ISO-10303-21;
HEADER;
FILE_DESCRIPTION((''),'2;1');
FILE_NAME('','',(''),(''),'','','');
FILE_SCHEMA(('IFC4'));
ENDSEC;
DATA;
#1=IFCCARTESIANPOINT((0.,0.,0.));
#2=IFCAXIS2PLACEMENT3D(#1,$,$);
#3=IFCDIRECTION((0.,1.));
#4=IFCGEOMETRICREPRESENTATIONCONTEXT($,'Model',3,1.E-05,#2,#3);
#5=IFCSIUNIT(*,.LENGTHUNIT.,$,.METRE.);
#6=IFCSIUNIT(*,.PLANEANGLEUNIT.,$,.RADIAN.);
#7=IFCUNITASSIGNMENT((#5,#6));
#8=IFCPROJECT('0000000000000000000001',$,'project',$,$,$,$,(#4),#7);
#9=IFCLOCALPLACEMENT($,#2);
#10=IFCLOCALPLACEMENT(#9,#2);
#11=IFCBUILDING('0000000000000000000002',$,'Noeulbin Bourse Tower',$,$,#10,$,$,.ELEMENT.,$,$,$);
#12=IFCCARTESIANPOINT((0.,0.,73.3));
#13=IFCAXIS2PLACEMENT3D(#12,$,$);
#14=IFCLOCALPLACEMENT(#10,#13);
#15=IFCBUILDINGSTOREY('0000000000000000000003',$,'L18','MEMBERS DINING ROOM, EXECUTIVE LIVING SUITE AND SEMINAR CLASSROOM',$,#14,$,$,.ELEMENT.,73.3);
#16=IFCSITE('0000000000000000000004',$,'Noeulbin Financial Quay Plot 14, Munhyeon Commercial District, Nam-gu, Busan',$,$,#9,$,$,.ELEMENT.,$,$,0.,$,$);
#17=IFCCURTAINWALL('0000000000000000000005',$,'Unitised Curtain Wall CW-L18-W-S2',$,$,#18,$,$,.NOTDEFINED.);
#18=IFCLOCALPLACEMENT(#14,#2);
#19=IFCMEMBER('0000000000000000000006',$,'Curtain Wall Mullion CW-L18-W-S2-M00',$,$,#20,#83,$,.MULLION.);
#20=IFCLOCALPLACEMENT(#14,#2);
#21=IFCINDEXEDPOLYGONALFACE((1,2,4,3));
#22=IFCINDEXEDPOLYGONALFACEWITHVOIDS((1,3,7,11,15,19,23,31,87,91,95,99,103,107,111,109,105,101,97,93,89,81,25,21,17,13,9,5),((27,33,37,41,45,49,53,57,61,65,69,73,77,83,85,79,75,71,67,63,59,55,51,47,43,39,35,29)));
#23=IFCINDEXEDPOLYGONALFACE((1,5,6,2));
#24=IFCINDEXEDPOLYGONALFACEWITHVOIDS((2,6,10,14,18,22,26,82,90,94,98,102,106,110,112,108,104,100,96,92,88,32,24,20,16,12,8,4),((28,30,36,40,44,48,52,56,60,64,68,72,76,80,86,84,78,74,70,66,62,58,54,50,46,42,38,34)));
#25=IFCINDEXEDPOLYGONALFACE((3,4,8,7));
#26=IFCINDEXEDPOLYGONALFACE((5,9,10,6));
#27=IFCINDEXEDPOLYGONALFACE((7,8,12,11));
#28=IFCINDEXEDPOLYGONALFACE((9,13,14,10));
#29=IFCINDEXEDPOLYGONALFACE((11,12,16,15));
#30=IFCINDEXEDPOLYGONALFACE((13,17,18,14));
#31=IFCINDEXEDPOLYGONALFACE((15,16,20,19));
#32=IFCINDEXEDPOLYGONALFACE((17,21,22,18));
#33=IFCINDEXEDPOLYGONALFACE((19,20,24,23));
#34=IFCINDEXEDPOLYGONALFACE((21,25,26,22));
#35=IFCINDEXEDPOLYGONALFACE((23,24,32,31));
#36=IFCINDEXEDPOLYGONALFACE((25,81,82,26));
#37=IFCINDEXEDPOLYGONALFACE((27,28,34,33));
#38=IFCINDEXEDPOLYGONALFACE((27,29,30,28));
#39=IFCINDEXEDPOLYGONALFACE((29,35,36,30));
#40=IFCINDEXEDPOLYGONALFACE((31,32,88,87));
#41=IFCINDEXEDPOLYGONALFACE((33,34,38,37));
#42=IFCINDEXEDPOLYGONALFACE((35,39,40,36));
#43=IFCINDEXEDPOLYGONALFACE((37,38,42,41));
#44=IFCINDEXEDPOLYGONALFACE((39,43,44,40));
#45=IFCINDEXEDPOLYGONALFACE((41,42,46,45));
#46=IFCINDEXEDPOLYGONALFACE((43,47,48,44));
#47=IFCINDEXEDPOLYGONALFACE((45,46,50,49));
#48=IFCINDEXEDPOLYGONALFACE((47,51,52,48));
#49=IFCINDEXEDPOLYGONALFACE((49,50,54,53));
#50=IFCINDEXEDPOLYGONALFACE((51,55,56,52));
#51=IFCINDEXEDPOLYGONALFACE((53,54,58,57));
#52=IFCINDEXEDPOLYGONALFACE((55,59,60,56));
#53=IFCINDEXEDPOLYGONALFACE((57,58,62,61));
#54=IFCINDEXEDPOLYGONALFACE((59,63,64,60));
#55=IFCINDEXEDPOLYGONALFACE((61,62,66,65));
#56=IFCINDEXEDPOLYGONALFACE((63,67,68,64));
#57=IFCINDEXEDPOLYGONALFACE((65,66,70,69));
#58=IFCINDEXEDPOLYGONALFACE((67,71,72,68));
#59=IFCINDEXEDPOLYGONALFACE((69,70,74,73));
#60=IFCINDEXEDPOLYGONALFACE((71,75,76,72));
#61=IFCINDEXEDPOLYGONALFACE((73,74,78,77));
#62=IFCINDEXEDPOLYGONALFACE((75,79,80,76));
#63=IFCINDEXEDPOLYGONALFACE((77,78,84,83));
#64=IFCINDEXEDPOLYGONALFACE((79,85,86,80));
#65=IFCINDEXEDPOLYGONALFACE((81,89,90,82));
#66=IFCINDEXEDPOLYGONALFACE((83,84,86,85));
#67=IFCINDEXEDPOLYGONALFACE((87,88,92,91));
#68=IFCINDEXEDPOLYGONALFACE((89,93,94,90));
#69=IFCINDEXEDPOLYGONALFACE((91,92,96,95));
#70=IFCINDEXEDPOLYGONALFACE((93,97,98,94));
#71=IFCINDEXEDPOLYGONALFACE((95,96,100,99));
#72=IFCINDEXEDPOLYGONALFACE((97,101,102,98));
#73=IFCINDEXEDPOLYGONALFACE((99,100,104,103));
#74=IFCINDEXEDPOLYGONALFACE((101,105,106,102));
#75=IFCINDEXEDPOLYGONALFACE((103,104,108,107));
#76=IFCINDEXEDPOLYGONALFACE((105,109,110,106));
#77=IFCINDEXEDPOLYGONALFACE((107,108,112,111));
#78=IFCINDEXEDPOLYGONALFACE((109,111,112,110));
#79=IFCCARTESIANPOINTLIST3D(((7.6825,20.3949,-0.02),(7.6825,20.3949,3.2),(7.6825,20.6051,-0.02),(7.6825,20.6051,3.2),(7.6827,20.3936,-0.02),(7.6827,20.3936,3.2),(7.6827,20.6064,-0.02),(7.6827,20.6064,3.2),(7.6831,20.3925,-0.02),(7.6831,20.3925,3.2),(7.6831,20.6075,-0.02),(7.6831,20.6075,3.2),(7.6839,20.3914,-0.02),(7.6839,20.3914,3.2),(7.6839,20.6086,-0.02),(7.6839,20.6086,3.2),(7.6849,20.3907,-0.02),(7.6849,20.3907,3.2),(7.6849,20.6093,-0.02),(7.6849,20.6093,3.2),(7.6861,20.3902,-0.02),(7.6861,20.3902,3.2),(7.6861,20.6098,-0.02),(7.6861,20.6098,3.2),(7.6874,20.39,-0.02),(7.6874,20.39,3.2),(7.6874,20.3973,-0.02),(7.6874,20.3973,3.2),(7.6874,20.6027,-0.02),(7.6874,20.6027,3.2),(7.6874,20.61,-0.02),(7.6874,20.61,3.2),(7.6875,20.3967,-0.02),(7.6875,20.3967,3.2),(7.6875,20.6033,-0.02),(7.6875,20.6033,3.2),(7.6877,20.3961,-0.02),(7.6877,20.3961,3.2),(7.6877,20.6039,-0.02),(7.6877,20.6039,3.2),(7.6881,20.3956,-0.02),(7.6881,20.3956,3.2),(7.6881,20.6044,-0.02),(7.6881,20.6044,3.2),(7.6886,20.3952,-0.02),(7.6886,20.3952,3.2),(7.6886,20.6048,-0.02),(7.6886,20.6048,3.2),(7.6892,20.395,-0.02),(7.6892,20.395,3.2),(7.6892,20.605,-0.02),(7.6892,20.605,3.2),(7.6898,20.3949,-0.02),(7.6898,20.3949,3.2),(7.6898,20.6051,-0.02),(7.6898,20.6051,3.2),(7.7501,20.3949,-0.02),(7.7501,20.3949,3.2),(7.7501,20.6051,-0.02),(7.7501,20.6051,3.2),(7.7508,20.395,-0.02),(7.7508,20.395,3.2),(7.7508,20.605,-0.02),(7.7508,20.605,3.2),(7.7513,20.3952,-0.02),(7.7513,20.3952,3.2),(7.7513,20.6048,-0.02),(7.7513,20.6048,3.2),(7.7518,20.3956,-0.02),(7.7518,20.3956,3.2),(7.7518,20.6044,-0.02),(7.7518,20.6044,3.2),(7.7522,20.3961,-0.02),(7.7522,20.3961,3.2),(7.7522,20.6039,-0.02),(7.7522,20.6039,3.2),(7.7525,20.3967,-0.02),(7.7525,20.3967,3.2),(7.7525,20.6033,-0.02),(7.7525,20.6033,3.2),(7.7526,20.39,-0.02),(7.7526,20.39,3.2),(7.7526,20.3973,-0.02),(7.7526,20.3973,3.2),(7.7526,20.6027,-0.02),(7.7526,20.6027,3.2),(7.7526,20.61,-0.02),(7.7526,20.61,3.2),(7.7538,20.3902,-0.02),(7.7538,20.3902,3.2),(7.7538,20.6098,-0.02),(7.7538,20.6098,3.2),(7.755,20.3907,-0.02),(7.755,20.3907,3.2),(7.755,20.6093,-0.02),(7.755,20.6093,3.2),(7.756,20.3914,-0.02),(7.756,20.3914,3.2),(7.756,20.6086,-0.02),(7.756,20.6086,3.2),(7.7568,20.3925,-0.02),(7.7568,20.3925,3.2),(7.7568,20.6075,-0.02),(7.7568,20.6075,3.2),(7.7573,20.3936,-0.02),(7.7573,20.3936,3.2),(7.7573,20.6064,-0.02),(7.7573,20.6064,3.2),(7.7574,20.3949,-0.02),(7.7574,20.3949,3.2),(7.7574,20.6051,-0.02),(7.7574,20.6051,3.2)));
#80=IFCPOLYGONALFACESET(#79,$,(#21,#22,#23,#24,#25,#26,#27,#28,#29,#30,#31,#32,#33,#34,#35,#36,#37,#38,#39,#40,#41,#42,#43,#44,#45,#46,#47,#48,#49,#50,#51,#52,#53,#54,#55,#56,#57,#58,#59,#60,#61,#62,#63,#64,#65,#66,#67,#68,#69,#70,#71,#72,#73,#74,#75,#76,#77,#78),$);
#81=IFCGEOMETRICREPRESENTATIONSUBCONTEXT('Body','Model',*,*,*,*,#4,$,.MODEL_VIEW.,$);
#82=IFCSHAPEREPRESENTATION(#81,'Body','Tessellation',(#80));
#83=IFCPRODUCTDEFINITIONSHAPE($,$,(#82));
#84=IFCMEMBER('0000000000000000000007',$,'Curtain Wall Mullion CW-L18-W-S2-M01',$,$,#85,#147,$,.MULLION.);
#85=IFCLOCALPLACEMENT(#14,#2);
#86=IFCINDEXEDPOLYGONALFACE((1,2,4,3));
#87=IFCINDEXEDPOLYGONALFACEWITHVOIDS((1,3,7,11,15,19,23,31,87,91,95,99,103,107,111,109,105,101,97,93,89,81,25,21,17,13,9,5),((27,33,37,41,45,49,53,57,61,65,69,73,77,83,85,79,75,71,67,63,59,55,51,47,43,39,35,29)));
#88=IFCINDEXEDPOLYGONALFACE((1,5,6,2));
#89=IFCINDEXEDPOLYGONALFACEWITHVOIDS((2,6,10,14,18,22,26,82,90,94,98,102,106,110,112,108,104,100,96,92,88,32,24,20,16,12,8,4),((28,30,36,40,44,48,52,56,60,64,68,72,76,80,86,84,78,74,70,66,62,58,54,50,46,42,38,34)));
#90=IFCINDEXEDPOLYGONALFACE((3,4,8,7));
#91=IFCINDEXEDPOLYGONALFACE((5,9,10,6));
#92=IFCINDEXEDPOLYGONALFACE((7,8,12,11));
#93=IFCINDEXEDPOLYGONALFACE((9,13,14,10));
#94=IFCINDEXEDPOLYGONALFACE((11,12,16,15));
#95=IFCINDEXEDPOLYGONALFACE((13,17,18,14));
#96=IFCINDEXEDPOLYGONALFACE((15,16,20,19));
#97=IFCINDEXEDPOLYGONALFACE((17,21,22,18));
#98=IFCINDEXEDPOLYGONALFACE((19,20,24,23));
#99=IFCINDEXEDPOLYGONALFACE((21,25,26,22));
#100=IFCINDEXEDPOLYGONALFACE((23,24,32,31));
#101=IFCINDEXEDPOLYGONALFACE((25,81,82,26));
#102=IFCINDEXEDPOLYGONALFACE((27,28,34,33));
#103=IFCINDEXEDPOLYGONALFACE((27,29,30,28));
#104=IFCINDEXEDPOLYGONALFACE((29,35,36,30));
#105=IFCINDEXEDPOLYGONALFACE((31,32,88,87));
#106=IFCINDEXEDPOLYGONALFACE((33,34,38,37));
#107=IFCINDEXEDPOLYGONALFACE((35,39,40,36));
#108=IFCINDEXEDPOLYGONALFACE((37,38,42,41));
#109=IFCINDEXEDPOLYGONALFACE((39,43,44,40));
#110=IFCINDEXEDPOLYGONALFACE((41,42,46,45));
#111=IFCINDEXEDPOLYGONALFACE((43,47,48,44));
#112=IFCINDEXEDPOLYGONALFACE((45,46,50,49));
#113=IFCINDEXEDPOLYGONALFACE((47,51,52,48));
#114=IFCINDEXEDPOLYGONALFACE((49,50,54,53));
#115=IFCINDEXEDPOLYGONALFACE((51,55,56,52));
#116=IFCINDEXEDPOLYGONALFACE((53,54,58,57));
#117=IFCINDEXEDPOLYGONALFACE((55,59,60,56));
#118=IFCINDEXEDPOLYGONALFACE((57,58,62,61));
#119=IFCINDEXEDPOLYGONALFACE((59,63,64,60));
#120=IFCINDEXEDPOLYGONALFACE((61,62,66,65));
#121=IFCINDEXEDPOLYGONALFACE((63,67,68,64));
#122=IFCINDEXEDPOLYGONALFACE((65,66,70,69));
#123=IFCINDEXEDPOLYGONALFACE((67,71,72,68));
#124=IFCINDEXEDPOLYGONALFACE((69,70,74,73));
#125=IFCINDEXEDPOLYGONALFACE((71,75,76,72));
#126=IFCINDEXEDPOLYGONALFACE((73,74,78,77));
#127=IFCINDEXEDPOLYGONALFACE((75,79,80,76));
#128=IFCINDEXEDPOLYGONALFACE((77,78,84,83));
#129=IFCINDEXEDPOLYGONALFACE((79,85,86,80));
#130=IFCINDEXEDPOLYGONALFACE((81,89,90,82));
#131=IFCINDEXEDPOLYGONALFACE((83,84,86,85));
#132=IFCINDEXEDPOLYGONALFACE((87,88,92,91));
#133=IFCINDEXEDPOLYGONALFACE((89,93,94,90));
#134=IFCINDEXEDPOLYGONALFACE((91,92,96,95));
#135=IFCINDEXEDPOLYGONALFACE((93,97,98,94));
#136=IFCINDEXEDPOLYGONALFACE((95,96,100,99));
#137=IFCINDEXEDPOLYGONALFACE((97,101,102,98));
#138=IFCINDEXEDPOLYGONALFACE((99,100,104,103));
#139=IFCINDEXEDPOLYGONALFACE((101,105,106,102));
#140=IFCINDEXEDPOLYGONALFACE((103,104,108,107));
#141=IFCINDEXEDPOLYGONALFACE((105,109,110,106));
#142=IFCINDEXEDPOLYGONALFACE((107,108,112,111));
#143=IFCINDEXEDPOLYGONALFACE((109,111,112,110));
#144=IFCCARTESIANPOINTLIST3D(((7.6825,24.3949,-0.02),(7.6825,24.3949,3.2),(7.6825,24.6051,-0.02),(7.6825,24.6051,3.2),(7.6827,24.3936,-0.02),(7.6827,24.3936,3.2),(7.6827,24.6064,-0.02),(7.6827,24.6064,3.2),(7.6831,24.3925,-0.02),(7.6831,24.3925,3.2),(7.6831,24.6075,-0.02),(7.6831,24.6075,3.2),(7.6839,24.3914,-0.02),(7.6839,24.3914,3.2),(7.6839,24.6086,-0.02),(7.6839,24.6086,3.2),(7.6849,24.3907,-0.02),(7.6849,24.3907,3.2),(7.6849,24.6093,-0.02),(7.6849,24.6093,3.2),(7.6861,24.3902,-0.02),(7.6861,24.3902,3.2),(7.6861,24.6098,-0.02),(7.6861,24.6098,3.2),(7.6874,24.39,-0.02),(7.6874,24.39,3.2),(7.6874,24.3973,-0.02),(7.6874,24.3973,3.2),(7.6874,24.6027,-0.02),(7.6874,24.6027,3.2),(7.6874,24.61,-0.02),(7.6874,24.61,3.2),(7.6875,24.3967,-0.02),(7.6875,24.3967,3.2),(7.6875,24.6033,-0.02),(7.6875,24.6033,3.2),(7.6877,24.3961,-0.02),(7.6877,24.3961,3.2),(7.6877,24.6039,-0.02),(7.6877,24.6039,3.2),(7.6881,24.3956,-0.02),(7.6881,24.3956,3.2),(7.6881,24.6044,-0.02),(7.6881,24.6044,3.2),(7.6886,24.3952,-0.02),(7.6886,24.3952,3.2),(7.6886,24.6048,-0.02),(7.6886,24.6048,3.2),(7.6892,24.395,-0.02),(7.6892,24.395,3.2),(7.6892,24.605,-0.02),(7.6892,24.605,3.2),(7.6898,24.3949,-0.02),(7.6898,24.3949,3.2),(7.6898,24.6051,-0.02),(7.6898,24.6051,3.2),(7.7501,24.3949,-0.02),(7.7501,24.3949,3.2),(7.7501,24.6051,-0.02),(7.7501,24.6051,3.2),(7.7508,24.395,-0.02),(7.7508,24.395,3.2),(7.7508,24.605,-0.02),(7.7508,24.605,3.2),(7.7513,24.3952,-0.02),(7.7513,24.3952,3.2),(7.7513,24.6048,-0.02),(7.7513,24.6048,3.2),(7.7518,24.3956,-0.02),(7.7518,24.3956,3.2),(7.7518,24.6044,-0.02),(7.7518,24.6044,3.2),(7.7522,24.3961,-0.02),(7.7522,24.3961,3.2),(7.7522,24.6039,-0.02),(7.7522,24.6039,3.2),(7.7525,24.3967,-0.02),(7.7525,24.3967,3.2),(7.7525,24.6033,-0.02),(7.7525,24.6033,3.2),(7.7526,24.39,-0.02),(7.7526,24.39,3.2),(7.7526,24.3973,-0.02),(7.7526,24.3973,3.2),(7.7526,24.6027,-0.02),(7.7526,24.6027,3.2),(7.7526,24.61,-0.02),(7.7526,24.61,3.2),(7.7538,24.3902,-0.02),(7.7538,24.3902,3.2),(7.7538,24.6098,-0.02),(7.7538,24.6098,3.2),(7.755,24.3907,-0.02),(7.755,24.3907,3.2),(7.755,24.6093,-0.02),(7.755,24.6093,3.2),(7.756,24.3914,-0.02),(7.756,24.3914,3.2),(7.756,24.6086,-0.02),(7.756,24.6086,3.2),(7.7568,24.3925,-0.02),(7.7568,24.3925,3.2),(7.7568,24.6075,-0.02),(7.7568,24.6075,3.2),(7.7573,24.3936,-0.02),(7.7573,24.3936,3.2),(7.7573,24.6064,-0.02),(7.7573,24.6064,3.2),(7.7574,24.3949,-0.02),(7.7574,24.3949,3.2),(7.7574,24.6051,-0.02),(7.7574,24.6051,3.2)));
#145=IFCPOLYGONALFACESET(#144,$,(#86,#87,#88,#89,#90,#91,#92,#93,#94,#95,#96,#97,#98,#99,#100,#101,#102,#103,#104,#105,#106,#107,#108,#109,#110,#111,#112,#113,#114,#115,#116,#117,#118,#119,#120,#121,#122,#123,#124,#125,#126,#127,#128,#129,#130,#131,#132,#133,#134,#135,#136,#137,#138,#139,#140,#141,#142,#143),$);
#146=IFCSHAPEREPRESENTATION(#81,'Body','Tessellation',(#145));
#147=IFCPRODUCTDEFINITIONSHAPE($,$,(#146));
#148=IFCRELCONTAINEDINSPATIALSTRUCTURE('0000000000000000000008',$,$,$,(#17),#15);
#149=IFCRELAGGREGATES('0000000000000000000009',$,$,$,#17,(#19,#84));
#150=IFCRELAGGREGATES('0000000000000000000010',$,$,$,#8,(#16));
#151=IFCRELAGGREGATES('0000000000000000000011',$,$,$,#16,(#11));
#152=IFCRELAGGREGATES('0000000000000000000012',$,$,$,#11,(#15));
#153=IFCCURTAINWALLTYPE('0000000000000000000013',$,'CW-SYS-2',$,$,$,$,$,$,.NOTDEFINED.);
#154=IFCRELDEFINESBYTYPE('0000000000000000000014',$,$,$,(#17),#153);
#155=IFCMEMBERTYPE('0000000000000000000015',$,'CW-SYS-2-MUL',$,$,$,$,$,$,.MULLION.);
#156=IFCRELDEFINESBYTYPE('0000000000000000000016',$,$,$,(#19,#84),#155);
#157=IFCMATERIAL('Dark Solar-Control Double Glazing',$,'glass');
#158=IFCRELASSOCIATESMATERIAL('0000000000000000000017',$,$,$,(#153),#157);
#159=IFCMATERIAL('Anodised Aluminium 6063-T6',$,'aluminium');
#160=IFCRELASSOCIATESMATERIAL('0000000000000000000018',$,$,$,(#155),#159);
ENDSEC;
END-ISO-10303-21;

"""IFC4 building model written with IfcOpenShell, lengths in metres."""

from ifc_helpers import new_model, si_unit, direction, frame, origin, origin_2d, place, context, subcontext, project, spatial, hollow_rectangle, extrude, material, material_profile, profile_set, type_object, element, aggregate, save


model = new_model("IFC4")

# Units and contexts
model_context = context("Model", 3, precision=1e-05, world=origin(), true_north=direction((0.0, 1.0)))
body_context = subcontext(model_context, "Body", "Model", "MODEL_VIEW")
ifc_project = project(units=[si_unit("LENGTHUNIT", "METRE"), si_unit("PLANEANGLEUNIT", "RADIAN")], contexts=[model_context])

# Site, building, storey
site_placement = place(None, origin())
site = spatial("IfcSite", under=ifc_project, at=site_placement, Name="Noeulbin Financial Quay Plot 14, Munhyeon Commercial District, Nam-gu, Busan", CompositionType="ELEMENT", RefElevation=0.0)
building_placement = place(site_placement, origin())
building = spatial("IfcBuilding", under=site, at=building_placement, Name="Noeulbin Bourse Tower", CompositionType="ELEMENT")
storey_placement = place(building_placement, frame((0.0, 0.0, 73.3)))
storey = spatial("IfcBuildingStorey", under=building, at=storey_placement, Name="L18", Description="MEMBERS DINING ROOM, EXECUTIVE LIVING SUITE AND SEMINAR CLASSROOM", CompositionType="ELEMENT", Elevation=73.3)

# Curtain wall, members
ifc_material_1 = material(Name="Dark Solar-Control Double Glazing", Category="glass")
curtain_wall_type = type_object("IfcCurtainWallType", Name="CW-SYS-2", PredefinedType="NOTDEFINED", material=ifc_material_1)
curtain_wall_placement = place(storey_placement, origin())
curtain_wall = element("IfcCurtainWall", 1, at=curtain_wall_placement, inside=storey, type_object=curtain_wall_type, Name="Unitised Curtain Wall CW-L18-W-S2", PredefinedType="NOTDEFINED")
ifc_material_2 = material(Name="Anodised Aluminium 6063-T6", Category="aluminium")
ifc_material_profile_1 = material_profile(ifc_material_2, hollow_rectangle(XDim=0.075, YDim=0.22, WallThickness=0.0049, InnerFilletRadius=0.0024, OuterFilletRadius=0.0049, at=origin_2d()), Name="ALU-MULL-75x220x5", Category="LoadBearing")
ifc_profile_set_1 = profile_set([ifc_material_profile_1], Name="Anodised Aluminium 6063-T6")
member_type_1 = type_object("IfcMemberType", Name="CW-SYS-2-MUL", PredefinedType="MULLION", material=ifc_profile_set_1)
member_1_placement = place(storey_placement, frame((7.72, 20.5, -0.02), z_axis=(0.0, 0.0, 1.0), x_axis=(1.0, 0.0, 0.0)))
member_1 = element("IfcMember", 2, at=member_1_placement, type_object=member_type_1, Name="Curtain Wall Mullion CW-L18-W-S2-M00", PredefinedType="MULLION", context=body_context, shape_type="SweptSolid", body=[
    extrude(hollow_rectangle(XDim=0.075, YDim=0.22, WallThickness=0.0049, InnerFilletRadius=0.0024, OuterFilletRadius=0.0049, at=origin_2d()), origin(), (0.0, 0.0, 1.0), 3.22),
])
member_2_placement = place(storey_placement, frame((7.72, 24.5, -0.02), z_axis=(0.0, 0.0, 1.0), x_axis=(1.0, 0.0, 0.0)))
member_2 = element("IfcMember", 3, at=member_2_placement, type_object=member_type_1, Name="Curtain Wall Mullion CW-L18-W-S2-M01", PredefinedType="MULLION", context=body_context, shape_type="SweptSolid", body=[
    extrude(hollow_rectangle(XDim=0.075, YDim=0.22, WallThickness=0.0049, InnerFilletRadius=0.0024, OuterFilletRadius=0.0049, at=origin_2d()), origin(), (0.0, 0.0, 1.0), 3.22),
])
aggregate(curtain_wall, [member_1, member_2])

save(model, "model.ifc")
